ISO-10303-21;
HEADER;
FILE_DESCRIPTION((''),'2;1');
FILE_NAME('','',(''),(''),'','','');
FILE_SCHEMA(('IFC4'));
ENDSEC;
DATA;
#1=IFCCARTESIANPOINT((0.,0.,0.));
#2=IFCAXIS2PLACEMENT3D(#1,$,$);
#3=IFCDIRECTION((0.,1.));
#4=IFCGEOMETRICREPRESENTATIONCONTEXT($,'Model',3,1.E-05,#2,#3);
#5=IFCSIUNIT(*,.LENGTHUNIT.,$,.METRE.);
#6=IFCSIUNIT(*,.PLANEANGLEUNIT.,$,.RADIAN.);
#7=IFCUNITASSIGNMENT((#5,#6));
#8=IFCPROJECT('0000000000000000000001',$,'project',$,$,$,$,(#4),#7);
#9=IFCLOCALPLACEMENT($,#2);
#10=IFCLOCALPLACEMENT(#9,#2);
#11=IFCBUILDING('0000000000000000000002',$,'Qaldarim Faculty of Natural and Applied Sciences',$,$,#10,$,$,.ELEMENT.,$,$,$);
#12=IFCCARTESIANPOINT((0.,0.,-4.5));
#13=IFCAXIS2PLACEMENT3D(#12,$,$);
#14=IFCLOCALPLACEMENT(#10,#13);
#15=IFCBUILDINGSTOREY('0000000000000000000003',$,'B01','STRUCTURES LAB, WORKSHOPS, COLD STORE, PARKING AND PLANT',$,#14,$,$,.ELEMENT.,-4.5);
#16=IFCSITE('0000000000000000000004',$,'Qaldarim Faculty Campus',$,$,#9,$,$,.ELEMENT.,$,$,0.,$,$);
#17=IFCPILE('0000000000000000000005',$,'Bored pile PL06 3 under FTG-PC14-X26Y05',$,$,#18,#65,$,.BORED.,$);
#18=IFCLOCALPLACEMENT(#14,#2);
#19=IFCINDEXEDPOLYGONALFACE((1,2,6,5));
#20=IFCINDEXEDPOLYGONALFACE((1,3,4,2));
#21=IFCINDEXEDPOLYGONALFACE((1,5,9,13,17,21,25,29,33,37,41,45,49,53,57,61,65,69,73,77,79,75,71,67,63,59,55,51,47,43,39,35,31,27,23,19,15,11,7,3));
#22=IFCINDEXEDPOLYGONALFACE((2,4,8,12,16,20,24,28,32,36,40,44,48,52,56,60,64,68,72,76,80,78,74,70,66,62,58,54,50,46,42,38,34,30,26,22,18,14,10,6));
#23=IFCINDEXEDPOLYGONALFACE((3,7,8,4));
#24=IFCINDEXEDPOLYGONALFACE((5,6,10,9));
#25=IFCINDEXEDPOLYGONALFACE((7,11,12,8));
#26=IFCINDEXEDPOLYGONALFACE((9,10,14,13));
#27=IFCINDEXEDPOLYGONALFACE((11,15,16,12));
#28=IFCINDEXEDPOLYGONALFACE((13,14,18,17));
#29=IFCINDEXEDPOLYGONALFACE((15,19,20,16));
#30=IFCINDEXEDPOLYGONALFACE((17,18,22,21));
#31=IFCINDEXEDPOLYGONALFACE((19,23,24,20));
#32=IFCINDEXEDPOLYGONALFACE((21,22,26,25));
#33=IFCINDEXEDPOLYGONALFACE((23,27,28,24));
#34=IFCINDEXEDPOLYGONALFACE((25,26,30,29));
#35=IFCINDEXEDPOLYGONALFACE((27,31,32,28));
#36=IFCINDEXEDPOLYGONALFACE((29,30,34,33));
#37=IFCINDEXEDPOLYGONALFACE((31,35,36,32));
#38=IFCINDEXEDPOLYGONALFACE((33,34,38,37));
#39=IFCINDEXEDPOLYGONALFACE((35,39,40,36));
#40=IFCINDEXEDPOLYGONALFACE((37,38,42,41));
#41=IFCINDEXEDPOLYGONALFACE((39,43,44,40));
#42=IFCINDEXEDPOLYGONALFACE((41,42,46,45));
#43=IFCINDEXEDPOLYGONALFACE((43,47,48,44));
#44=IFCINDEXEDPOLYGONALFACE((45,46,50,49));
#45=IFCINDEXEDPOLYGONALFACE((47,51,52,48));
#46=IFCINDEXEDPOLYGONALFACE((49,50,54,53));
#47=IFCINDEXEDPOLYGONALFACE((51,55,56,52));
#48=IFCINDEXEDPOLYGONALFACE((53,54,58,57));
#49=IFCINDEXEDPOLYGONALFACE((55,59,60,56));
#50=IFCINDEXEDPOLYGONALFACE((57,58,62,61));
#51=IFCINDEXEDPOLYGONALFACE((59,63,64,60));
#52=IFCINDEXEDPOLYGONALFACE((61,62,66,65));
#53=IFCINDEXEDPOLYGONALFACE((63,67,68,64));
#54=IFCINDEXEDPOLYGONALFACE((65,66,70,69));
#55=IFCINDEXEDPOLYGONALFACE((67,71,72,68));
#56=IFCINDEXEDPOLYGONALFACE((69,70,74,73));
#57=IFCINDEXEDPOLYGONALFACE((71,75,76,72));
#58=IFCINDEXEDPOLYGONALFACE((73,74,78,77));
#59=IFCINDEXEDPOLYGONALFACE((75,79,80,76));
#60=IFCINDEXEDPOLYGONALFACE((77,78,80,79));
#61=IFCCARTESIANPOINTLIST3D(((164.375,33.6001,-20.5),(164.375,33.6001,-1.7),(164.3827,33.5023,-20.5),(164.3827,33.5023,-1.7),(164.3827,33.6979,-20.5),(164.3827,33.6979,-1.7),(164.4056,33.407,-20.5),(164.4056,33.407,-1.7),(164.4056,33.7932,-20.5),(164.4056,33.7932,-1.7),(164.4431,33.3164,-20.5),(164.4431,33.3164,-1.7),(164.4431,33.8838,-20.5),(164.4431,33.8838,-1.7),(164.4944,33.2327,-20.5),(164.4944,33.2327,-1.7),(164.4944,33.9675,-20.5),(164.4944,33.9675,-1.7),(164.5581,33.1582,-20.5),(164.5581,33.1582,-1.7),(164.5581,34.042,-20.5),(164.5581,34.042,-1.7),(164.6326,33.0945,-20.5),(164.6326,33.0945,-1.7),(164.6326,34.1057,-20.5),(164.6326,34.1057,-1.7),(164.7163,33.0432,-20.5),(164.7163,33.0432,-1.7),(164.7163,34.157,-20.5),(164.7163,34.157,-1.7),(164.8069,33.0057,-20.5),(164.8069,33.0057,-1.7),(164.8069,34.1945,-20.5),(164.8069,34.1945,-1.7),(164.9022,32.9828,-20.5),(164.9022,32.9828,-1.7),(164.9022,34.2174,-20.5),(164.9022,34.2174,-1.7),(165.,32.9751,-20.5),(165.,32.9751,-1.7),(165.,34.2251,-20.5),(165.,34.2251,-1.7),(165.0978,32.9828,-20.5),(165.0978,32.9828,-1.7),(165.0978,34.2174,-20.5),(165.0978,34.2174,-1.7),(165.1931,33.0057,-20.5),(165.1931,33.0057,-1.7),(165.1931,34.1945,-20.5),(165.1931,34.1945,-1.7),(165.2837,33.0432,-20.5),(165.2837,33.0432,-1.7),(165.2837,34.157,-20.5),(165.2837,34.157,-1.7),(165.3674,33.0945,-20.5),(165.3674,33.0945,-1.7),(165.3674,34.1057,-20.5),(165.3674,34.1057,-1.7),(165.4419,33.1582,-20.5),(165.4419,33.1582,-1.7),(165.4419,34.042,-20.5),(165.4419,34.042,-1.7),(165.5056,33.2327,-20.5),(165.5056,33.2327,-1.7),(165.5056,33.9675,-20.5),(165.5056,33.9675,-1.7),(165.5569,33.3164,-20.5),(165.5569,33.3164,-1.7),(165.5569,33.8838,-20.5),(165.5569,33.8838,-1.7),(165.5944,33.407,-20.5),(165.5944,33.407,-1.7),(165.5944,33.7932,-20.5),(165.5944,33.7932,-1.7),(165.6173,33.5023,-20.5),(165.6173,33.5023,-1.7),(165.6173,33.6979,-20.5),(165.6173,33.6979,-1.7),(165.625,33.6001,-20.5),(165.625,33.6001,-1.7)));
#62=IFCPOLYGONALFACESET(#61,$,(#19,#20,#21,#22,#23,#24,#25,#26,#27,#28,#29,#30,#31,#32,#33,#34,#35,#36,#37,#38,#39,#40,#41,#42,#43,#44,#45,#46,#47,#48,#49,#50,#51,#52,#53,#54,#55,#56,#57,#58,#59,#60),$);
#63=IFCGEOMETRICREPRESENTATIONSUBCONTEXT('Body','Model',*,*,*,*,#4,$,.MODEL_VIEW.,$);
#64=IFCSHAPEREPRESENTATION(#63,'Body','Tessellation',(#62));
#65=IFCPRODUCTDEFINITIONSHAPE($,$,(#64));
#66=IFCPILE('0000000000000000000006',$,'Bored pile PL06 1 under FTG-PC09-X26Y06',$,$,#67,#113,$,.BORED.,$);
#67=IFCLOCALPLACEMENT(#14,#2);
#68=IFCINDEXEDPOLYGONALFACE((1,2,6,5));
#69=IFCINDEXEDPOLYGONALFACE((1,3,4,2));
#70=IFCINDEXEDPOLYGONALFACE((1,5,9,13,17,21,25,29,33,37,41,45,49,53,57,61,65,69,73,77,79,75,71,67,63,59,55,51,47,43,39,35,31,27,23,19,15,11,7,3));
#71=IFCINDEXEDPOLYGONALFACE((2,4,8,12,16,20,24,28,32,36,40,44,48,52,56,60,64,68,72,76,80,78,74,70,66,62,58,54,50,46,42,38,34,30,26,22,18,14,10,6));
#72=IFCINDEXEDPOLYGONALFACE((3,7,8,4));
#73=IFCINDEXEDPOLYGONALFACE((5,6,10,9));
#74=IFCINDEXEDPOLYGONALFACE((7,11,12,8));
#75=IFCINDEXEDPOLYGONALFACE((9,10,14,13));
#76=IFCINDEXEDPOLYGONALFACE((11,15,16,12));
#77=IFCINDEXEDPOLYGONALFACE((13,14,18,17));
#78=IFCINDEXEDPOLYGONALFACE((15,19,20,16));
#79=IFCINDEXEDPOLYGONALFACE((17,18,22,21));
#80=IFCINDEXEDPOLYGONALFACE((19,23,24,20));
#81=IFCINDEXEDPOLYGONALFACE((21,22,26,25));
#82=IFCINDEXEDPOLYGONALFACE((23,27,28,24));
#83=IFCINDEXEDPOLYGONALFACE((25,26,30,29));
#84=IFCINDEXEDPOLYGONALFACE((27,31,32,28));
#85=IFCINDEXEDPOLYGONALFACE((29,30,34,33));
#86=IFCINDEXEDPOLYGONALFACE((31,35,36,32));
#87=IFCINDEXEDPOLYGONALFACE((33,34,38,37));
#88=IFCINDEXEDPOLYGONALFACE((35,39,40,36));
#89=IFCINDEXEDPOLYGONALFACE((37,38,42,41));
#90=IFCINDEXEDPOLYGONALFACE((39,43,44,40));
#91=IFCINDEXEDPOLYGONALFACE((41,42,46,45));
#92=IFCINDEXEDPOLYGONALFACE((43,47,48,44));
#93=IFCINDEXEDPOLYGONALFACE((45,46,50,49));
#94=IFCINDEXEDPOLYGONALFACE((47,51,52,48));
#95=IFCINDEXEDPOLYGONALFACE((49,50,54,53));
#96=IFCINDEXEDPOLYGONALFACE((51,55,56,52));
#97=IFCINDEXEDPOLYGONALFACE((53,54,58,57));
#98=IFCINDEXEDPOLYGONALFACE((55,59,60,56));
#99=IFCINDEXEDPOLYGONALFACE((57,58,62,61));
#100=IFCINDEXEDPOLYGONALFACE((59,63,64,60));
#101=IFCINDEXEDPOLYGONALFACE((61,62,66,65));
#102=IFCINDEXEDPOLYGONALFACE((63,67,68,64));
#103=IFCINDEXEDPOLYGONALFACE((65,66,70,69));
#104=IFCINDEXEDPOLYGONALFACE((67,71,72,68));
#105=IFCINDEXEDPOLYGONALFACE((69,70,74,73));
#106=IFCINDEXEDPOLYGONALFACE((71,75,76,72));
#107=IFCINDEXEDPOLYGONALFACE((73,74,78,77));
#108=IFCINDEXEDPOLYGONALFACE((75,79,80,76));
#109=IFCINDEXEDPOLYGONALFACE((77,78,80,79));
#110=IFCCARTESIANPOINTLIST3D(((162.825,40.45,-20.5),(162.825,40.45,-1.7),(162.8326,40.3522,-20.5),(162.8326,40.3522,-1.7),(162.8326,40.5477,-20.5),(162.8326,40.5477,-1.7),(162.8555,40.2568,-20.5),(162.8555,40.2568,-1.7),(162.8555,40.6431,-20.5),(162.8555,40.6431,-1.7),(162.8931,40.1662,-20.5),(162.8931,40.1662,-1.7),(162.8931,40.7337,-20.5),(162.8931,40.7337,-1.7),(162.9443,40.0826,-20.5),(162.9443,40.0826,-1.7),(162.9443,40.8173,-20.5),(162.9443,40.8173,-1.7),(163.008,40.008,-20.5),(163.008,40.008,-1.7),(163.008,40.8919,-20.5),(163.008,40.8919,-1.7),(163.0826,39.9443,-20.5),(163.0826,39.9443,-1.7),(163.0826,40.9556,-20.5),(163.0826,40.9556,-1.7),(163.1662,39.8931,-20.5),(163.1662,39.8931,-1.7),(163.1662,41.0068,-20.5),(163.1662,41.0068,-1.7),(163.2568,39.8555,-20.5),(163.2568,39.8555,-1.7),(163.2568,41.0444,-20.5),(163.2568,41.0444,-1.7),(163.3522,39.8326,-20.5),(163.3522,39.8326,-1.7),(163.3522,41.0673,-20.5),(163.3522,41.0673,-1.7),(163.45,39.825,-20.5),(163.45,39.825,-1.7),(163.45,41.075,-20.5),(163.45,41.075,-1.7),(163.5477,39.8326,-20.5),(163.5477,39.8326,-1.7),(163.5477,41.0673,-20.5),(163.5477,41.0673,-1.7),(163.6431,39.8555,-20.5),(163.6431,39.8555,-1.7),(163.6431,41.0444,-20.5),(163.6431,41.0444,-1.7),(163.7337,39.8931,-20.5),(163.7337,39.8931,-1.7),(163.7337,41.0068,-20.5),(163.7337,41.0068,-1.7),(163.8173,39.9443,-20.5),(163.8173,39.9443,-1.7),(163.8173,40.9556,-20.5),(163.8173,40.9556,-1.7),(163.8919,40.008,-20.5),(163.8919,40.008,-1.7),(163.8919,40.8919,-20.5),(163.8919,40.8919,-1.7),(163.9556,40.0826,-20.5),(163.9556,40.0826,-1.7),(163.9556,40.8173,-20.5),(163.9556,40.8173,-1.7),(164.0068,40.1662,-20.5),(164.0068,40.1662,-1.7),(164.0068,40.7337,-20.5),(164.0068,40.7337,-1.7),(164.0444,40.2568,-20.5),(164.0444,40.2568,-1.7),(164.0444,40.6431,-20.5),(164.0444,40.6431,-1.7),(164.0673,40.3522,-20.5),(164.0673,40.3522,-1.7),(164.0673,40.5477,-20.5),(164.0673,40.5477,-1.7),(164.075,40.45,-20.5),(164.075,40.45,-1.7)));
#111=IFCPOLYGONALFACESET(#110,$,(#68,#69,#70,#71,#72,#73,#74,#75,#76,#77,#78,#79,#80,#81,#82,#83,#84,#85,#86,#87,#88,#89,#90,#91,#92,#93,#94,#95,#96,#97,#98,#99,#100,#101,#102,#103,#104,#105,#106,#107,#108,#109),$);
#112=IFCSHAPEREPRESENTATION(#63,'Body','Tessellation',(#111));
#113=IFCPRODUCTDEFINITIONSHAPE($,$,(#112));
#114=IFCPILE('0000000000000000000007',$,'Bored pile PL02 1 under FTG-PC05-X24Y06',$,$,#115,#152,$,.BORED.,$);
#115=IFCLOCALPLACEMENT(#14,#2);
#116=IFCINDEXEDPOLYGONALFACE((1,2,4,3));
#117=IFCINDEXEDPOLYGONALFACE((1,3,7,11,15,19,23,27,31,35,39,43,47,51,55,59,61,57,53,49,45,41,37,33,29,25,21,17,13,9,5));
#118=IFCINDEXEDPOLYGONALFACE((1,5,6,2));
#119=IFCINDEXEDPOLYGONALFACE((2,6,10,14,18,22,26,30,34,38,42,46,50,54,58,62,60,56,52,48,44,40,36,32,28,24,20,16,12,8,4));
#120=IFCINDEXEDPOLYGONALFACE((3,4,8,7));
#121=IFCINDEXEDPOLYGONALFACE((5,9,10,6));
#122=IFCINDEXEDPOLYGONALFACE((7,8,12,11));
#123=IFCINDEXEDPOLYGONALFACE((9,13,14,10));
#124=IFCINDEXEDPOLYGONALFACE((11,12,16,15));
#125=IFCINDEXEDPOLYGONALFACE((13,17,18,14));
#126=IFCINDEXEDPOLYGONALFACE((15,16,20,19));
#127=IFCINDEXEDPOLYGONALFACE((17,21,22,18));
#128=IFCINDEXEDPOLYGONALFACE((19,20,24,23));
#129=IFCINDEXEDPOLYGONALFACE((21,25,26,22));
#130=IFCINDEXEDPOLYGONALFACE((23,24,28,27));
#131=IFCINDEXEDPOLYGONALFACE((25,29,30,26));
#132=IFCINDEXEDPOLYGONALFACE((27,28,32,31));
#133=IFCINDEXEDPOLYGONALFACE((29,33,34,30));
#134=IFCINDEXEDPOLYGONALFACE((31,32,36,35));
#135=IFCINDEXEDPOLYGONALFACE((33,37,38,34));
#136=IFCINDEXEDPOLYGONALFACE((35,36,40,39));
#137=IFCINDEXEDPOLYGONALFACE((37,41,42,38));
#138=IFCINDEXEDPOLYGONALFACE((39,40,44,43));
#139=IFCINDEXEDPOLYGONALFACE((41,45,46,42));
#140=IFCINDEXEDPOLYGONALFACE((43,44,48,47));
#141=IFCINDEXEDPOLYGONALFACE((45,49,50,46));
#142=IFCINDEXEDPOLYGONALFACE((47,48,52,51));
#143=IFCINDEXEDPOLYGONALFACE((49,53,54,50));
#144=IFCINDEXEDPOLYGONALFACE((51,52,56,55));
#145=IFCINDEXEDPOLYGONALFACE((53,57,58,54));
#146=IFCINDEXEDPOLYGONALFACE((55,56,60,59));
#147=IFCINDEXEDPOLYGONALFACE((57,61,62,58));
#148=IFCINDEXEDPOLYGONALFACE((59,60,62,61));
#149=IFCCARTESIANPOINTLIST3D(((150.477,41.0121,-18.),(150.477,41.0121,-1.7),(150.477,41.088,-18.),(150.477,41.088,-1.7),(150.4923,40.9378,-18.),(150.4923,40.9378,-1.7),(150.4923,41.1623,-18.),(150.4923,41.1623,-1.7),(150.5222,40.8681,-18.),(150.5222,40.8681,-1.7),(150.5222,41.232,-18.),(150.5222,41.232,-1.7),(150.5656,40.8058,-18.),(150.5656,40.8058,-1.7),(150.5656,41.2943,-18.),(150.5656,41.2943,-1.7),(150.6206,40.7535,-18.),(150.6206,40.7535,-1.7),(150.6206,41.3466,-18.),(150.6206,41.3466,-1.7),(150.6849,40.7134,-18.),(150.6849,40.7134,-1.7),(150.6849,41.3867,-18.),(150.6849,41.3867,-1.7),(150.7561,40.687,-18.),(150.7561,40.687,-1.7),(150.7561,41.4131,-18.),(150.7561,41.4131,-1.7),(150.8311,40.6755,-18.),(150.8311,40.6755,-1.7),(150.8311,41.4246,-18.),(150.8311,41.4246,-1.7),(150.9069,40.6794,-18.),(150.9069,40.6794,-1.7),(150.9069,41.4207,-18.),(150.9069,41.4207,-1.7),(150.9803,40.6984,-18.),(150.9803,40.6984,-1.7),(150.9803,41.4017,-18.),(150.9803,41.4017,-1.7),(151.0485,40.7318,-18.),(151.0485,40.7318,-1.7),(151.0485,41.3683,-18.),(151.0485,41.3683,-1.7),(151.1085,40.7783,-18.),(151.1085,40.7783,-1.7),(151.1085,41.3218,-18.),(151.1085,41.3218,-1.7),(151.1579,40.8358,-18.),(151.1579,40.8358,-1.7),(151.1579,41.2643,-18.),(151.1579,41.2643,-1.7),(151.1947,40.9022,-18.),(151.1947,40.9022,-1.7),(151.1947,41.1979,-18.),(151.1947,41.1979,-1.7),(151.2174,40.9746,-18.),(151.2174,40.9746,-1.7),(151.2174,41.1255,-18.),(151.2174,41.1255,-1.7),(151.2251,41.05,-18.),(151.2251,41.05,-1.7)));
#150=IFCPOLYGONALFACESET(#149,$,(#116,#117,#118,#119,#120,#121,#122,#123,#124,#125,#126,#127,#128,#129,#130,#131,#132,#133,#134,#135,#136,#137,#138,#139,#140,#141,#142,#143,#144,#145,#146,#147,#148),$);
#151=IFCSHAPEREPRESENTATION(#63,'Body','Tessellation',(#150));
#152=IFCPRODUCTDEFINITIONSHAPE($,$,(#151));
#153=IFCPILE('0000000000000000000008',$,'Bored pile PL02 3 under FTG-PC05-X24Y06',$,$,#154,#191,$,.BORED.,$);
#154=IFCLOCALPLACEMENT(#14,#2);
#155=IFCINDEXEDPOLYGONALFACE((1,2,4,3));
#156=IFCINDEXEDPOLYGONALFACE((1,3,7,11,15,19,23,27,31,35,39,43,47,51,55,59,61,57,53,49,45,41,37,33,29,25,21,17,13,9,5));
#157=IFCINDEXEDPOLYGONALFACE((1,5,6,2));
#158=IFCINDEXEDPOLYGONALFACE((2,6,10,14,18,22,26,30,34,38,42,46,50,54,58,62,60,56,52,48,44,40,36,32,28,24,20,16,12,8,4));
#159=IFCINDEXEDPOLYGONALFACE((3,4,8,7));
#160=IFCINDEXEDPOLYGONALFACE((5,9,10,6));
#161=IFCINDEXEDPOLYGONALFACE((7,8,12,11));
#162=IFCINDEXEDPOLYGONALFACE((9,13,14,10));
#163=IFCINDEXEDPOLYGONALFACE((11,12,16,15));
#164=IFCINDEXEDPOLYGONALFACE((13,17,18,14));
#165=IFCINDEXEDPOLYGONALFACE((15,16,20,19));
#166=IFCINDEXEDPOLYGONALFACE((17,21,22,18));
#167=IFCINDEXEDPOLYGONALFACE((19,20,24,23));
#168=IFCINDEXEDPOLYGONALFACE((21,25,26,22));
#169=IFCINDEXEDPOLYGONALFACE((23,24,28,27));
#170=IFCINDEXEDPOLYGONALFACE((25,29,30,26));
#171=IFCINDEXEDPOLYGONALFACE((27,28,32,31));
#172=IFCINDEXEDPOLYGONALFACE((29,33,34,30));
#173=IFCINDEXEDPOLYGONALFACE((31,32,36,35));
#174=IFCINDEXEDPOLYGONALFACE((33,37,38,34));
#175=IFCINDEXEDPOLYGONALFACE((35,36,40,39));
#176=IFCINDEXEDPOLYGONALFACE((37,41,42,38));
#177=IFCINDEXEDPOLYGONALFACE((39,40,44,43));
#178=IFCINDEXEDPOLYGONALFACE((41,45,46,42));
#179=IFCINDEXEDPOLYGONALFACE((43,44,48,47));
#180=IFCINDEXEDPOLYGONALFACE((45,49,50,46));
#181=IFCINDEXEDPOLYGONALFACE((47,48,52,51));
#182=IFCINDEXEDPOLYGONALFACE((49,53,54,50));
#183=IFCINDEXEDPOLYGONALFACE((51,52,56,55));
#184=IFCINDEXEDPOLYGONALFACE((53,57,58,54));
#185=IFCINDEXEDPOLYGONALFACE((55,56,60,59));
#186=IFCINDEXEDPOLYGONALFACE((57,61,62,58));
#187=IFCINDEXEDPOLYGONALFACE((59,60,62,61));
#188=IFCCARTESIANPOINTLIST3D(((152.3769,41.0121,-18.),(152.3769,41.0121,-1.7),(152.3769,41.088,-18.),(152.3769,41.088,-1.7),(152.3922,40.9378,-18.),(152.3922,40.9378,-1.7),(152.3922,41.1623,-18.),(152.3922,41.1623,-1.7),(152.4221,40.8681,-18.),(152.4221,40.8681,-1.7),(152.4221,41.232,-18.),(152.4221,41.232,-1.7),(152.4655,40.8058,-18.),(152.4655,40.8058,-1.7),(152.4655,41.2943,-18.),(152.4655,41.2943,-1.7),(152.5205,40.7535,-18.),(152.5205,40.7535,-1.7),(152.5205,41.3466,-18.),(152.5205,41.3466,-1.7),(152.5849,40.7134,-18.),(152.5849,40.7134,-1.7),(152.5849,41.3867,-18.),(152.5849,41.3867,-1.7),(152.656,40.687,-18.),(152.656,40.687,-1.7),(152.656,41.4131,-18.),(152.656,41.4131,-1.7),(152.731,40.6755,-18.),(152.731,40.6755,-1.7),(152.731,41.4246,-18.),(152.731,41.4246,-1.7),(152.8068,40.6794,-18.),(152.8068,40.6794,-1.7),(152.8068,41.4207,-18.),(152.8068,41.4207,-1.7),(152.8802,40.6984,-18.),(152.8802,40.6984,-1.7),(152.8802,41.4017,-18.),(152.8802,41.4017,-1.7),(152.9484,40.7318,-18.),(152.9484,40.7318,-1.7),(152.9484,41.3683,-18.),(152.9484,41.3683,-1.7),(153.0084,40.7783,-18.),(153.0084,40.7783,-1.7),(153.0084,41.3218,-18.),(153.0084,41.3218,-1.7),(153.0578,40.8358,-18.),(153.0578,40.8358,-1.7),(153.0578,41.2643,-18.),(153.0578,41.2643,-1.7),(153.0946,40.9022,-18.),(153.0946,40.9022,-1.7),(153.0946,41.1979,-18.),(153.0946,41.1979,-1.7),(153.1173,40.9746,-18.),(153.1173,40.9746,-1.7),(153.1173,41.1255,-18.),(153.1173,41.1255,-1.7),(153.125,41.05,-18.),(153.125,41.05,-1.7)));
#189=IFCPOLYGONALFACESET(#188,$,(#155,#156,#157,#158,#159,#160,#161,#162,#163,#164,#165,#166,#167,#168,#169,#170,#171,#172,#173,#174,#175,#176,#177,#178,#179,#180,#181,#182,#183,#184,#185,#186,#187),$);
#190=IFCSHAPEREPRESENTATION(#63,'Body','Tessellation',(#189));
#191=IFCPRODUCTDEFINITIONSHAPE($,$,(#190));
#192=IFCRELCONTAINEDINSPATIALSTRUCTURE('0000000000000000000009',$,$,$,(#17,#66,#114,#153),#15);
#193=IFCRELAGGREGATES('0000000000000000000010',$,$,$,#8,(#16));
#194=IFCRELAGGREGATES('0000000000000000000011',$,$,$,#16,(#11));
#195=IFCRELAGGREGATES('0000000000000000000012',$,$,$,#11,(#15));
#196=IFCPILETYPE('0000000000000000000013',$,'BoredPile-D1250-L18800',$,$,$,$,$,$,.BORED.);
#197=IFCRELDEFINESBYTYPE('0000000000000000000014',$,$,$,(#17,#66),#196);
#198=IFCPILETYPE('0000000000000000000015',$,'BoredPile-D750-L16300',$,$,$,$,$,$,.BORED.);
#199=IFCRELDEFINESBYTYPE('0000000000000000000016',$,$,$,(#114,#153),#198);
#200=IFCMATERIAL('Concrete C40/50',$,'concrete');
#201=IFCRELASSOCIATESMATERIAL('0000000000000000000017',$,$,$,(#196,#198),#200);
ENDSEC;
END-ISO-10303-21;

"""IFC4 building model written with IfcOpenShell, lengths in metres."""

from ifc_helpers import new_model, si_unit, direction, frame, origin, origin_2d, place, context, subcontext, project, spatial, circle, extrude, material, material_profile, profile_set, type_object, element, save


model = new_model("IFC4")

# Units and contexts
model_context = context("Model", 3, precision=1e-05, world=origin(), true_north=direction((0.0, 1.0)))
body_context = subcontext(model_context, "Body", "Model", "MODEL_VIEW")
ifc_project = project(units=[si_unit("LENGTHUNIT", "METRE"), si_unit("PLANEANGLEUNIT", "RADIAN")], contexts=[model_context])

# Site, building, storey
site_placement = place(None, origin())
site = spatial("IfcSite", under=ifc_project, at=site_placement, Name="Qaldarim Faculty Campus", CompositionType="ELEMENT", RefElevation=0.0)
building_placement = place(site_placement, origin())
building = spatial("IfcBuilding", under=site, at=building_placement, Name="Qaldarim Faculty of Natural and Applied Sciences", CompositionType="ELEMENT")
storey_placement = place(building_placement, frame((0.0, 0.0, -4.5)))
storey = spatial("IfcBuildingStorey", under=building, at=storey_placement, Name="B01", Description="STRUCTURES LAB, WORKSHOPS, COLD STORE, PARKING AND PLANT", CompositionType="ELEMENT", Elevation=-4.5)

# Piles
ifc_material_1 = material(Name="Concrete C40/50", Category="concrete")
ifc_material_profile_1 = material_profile(ifc_material_1, circle(Radius=0.625, at=origin_2d()), Name="PILE-D1250")
ifc_profile_set_1 = profile_set([ifc_material_profile_1], Name="Concrete C40/50")
pile_type_1 = type_object("IfcPileType", Name="BoredPile-D1250-L18800", PredefinedType="BORED", material=ifc_profile_set_1)
for number, where, z_axis, x_axis, name in (
    (1, (165.0, 33.6001, -1.7), (0.0, 0.0, -1.0), (1.0, 0.0, 0.0), "Bored pile PL06 3 under FTG-PC14-X26Y05"),
    (2, (163.45, 40.45, -1.7), (0.0, 0.0, -1.0), (1.0, 0.0, 0.0), "Bored pile PL06 1 under FTG-PC09-X26Y06"),
):
    element("IfcPile", number, at=place(storey_placement, frame(where, z_axis=z_axis, x_axis=x_axis)), inside=storey, type_object=pile_type_1, Name=name, PredefinedType="BORED", context=body_context, shape_type="SweptSolid", body=[
        extrude(circle(Radius=0.625, at=origin_2d()), origin(), (0.0, 0.0, 1.0), 18.8),
    ])
ifc_material_profile_2 = material_profile(ifc_material_1, circle(Radius=0.375, at=origin_2d()), Name="PILE-D750")
ifc_profile_set_2 = profile_set([ifc_material_profile_2], Name="Concrete C40/50")
pile_type_2 = type_object("IfcPileType", Name="BoredPile-D750-L16300", PredefinedType="BORED", material=ifc_profile_set_2)
for number, where, z_axis, x_axis, name in (
    (3, (150.8501, 41.05, -1.7), (0.0, 0.0, -1.0), (1.0, 0.0, 0.0), "Bored pile PL02 1 under FTG-PC05-X24Y06"),
    (4, (152.75, 41.05, -1.7), (0.0, 0.0, -1.0), (1.0, 0.0, 0.0), "Bored pile PL02 3 under FTG-PC05-X24Y06"),
):
    element("IfcPile", number, at=place(storey_placement, frame(where, z_axis=z_axis, x_axis=x_axis)), inside=storey, type_object=pile_type_2, Name=name, PredefinedType="BORED", context=body_context, shape_type="SweptSolid", body=[
        extrude(circle(Radius=0.375, at=origin_2d()), origin(), (0.0, 0.0, 1.0), 16.3),
    ])

save(model, "model.ifc")
